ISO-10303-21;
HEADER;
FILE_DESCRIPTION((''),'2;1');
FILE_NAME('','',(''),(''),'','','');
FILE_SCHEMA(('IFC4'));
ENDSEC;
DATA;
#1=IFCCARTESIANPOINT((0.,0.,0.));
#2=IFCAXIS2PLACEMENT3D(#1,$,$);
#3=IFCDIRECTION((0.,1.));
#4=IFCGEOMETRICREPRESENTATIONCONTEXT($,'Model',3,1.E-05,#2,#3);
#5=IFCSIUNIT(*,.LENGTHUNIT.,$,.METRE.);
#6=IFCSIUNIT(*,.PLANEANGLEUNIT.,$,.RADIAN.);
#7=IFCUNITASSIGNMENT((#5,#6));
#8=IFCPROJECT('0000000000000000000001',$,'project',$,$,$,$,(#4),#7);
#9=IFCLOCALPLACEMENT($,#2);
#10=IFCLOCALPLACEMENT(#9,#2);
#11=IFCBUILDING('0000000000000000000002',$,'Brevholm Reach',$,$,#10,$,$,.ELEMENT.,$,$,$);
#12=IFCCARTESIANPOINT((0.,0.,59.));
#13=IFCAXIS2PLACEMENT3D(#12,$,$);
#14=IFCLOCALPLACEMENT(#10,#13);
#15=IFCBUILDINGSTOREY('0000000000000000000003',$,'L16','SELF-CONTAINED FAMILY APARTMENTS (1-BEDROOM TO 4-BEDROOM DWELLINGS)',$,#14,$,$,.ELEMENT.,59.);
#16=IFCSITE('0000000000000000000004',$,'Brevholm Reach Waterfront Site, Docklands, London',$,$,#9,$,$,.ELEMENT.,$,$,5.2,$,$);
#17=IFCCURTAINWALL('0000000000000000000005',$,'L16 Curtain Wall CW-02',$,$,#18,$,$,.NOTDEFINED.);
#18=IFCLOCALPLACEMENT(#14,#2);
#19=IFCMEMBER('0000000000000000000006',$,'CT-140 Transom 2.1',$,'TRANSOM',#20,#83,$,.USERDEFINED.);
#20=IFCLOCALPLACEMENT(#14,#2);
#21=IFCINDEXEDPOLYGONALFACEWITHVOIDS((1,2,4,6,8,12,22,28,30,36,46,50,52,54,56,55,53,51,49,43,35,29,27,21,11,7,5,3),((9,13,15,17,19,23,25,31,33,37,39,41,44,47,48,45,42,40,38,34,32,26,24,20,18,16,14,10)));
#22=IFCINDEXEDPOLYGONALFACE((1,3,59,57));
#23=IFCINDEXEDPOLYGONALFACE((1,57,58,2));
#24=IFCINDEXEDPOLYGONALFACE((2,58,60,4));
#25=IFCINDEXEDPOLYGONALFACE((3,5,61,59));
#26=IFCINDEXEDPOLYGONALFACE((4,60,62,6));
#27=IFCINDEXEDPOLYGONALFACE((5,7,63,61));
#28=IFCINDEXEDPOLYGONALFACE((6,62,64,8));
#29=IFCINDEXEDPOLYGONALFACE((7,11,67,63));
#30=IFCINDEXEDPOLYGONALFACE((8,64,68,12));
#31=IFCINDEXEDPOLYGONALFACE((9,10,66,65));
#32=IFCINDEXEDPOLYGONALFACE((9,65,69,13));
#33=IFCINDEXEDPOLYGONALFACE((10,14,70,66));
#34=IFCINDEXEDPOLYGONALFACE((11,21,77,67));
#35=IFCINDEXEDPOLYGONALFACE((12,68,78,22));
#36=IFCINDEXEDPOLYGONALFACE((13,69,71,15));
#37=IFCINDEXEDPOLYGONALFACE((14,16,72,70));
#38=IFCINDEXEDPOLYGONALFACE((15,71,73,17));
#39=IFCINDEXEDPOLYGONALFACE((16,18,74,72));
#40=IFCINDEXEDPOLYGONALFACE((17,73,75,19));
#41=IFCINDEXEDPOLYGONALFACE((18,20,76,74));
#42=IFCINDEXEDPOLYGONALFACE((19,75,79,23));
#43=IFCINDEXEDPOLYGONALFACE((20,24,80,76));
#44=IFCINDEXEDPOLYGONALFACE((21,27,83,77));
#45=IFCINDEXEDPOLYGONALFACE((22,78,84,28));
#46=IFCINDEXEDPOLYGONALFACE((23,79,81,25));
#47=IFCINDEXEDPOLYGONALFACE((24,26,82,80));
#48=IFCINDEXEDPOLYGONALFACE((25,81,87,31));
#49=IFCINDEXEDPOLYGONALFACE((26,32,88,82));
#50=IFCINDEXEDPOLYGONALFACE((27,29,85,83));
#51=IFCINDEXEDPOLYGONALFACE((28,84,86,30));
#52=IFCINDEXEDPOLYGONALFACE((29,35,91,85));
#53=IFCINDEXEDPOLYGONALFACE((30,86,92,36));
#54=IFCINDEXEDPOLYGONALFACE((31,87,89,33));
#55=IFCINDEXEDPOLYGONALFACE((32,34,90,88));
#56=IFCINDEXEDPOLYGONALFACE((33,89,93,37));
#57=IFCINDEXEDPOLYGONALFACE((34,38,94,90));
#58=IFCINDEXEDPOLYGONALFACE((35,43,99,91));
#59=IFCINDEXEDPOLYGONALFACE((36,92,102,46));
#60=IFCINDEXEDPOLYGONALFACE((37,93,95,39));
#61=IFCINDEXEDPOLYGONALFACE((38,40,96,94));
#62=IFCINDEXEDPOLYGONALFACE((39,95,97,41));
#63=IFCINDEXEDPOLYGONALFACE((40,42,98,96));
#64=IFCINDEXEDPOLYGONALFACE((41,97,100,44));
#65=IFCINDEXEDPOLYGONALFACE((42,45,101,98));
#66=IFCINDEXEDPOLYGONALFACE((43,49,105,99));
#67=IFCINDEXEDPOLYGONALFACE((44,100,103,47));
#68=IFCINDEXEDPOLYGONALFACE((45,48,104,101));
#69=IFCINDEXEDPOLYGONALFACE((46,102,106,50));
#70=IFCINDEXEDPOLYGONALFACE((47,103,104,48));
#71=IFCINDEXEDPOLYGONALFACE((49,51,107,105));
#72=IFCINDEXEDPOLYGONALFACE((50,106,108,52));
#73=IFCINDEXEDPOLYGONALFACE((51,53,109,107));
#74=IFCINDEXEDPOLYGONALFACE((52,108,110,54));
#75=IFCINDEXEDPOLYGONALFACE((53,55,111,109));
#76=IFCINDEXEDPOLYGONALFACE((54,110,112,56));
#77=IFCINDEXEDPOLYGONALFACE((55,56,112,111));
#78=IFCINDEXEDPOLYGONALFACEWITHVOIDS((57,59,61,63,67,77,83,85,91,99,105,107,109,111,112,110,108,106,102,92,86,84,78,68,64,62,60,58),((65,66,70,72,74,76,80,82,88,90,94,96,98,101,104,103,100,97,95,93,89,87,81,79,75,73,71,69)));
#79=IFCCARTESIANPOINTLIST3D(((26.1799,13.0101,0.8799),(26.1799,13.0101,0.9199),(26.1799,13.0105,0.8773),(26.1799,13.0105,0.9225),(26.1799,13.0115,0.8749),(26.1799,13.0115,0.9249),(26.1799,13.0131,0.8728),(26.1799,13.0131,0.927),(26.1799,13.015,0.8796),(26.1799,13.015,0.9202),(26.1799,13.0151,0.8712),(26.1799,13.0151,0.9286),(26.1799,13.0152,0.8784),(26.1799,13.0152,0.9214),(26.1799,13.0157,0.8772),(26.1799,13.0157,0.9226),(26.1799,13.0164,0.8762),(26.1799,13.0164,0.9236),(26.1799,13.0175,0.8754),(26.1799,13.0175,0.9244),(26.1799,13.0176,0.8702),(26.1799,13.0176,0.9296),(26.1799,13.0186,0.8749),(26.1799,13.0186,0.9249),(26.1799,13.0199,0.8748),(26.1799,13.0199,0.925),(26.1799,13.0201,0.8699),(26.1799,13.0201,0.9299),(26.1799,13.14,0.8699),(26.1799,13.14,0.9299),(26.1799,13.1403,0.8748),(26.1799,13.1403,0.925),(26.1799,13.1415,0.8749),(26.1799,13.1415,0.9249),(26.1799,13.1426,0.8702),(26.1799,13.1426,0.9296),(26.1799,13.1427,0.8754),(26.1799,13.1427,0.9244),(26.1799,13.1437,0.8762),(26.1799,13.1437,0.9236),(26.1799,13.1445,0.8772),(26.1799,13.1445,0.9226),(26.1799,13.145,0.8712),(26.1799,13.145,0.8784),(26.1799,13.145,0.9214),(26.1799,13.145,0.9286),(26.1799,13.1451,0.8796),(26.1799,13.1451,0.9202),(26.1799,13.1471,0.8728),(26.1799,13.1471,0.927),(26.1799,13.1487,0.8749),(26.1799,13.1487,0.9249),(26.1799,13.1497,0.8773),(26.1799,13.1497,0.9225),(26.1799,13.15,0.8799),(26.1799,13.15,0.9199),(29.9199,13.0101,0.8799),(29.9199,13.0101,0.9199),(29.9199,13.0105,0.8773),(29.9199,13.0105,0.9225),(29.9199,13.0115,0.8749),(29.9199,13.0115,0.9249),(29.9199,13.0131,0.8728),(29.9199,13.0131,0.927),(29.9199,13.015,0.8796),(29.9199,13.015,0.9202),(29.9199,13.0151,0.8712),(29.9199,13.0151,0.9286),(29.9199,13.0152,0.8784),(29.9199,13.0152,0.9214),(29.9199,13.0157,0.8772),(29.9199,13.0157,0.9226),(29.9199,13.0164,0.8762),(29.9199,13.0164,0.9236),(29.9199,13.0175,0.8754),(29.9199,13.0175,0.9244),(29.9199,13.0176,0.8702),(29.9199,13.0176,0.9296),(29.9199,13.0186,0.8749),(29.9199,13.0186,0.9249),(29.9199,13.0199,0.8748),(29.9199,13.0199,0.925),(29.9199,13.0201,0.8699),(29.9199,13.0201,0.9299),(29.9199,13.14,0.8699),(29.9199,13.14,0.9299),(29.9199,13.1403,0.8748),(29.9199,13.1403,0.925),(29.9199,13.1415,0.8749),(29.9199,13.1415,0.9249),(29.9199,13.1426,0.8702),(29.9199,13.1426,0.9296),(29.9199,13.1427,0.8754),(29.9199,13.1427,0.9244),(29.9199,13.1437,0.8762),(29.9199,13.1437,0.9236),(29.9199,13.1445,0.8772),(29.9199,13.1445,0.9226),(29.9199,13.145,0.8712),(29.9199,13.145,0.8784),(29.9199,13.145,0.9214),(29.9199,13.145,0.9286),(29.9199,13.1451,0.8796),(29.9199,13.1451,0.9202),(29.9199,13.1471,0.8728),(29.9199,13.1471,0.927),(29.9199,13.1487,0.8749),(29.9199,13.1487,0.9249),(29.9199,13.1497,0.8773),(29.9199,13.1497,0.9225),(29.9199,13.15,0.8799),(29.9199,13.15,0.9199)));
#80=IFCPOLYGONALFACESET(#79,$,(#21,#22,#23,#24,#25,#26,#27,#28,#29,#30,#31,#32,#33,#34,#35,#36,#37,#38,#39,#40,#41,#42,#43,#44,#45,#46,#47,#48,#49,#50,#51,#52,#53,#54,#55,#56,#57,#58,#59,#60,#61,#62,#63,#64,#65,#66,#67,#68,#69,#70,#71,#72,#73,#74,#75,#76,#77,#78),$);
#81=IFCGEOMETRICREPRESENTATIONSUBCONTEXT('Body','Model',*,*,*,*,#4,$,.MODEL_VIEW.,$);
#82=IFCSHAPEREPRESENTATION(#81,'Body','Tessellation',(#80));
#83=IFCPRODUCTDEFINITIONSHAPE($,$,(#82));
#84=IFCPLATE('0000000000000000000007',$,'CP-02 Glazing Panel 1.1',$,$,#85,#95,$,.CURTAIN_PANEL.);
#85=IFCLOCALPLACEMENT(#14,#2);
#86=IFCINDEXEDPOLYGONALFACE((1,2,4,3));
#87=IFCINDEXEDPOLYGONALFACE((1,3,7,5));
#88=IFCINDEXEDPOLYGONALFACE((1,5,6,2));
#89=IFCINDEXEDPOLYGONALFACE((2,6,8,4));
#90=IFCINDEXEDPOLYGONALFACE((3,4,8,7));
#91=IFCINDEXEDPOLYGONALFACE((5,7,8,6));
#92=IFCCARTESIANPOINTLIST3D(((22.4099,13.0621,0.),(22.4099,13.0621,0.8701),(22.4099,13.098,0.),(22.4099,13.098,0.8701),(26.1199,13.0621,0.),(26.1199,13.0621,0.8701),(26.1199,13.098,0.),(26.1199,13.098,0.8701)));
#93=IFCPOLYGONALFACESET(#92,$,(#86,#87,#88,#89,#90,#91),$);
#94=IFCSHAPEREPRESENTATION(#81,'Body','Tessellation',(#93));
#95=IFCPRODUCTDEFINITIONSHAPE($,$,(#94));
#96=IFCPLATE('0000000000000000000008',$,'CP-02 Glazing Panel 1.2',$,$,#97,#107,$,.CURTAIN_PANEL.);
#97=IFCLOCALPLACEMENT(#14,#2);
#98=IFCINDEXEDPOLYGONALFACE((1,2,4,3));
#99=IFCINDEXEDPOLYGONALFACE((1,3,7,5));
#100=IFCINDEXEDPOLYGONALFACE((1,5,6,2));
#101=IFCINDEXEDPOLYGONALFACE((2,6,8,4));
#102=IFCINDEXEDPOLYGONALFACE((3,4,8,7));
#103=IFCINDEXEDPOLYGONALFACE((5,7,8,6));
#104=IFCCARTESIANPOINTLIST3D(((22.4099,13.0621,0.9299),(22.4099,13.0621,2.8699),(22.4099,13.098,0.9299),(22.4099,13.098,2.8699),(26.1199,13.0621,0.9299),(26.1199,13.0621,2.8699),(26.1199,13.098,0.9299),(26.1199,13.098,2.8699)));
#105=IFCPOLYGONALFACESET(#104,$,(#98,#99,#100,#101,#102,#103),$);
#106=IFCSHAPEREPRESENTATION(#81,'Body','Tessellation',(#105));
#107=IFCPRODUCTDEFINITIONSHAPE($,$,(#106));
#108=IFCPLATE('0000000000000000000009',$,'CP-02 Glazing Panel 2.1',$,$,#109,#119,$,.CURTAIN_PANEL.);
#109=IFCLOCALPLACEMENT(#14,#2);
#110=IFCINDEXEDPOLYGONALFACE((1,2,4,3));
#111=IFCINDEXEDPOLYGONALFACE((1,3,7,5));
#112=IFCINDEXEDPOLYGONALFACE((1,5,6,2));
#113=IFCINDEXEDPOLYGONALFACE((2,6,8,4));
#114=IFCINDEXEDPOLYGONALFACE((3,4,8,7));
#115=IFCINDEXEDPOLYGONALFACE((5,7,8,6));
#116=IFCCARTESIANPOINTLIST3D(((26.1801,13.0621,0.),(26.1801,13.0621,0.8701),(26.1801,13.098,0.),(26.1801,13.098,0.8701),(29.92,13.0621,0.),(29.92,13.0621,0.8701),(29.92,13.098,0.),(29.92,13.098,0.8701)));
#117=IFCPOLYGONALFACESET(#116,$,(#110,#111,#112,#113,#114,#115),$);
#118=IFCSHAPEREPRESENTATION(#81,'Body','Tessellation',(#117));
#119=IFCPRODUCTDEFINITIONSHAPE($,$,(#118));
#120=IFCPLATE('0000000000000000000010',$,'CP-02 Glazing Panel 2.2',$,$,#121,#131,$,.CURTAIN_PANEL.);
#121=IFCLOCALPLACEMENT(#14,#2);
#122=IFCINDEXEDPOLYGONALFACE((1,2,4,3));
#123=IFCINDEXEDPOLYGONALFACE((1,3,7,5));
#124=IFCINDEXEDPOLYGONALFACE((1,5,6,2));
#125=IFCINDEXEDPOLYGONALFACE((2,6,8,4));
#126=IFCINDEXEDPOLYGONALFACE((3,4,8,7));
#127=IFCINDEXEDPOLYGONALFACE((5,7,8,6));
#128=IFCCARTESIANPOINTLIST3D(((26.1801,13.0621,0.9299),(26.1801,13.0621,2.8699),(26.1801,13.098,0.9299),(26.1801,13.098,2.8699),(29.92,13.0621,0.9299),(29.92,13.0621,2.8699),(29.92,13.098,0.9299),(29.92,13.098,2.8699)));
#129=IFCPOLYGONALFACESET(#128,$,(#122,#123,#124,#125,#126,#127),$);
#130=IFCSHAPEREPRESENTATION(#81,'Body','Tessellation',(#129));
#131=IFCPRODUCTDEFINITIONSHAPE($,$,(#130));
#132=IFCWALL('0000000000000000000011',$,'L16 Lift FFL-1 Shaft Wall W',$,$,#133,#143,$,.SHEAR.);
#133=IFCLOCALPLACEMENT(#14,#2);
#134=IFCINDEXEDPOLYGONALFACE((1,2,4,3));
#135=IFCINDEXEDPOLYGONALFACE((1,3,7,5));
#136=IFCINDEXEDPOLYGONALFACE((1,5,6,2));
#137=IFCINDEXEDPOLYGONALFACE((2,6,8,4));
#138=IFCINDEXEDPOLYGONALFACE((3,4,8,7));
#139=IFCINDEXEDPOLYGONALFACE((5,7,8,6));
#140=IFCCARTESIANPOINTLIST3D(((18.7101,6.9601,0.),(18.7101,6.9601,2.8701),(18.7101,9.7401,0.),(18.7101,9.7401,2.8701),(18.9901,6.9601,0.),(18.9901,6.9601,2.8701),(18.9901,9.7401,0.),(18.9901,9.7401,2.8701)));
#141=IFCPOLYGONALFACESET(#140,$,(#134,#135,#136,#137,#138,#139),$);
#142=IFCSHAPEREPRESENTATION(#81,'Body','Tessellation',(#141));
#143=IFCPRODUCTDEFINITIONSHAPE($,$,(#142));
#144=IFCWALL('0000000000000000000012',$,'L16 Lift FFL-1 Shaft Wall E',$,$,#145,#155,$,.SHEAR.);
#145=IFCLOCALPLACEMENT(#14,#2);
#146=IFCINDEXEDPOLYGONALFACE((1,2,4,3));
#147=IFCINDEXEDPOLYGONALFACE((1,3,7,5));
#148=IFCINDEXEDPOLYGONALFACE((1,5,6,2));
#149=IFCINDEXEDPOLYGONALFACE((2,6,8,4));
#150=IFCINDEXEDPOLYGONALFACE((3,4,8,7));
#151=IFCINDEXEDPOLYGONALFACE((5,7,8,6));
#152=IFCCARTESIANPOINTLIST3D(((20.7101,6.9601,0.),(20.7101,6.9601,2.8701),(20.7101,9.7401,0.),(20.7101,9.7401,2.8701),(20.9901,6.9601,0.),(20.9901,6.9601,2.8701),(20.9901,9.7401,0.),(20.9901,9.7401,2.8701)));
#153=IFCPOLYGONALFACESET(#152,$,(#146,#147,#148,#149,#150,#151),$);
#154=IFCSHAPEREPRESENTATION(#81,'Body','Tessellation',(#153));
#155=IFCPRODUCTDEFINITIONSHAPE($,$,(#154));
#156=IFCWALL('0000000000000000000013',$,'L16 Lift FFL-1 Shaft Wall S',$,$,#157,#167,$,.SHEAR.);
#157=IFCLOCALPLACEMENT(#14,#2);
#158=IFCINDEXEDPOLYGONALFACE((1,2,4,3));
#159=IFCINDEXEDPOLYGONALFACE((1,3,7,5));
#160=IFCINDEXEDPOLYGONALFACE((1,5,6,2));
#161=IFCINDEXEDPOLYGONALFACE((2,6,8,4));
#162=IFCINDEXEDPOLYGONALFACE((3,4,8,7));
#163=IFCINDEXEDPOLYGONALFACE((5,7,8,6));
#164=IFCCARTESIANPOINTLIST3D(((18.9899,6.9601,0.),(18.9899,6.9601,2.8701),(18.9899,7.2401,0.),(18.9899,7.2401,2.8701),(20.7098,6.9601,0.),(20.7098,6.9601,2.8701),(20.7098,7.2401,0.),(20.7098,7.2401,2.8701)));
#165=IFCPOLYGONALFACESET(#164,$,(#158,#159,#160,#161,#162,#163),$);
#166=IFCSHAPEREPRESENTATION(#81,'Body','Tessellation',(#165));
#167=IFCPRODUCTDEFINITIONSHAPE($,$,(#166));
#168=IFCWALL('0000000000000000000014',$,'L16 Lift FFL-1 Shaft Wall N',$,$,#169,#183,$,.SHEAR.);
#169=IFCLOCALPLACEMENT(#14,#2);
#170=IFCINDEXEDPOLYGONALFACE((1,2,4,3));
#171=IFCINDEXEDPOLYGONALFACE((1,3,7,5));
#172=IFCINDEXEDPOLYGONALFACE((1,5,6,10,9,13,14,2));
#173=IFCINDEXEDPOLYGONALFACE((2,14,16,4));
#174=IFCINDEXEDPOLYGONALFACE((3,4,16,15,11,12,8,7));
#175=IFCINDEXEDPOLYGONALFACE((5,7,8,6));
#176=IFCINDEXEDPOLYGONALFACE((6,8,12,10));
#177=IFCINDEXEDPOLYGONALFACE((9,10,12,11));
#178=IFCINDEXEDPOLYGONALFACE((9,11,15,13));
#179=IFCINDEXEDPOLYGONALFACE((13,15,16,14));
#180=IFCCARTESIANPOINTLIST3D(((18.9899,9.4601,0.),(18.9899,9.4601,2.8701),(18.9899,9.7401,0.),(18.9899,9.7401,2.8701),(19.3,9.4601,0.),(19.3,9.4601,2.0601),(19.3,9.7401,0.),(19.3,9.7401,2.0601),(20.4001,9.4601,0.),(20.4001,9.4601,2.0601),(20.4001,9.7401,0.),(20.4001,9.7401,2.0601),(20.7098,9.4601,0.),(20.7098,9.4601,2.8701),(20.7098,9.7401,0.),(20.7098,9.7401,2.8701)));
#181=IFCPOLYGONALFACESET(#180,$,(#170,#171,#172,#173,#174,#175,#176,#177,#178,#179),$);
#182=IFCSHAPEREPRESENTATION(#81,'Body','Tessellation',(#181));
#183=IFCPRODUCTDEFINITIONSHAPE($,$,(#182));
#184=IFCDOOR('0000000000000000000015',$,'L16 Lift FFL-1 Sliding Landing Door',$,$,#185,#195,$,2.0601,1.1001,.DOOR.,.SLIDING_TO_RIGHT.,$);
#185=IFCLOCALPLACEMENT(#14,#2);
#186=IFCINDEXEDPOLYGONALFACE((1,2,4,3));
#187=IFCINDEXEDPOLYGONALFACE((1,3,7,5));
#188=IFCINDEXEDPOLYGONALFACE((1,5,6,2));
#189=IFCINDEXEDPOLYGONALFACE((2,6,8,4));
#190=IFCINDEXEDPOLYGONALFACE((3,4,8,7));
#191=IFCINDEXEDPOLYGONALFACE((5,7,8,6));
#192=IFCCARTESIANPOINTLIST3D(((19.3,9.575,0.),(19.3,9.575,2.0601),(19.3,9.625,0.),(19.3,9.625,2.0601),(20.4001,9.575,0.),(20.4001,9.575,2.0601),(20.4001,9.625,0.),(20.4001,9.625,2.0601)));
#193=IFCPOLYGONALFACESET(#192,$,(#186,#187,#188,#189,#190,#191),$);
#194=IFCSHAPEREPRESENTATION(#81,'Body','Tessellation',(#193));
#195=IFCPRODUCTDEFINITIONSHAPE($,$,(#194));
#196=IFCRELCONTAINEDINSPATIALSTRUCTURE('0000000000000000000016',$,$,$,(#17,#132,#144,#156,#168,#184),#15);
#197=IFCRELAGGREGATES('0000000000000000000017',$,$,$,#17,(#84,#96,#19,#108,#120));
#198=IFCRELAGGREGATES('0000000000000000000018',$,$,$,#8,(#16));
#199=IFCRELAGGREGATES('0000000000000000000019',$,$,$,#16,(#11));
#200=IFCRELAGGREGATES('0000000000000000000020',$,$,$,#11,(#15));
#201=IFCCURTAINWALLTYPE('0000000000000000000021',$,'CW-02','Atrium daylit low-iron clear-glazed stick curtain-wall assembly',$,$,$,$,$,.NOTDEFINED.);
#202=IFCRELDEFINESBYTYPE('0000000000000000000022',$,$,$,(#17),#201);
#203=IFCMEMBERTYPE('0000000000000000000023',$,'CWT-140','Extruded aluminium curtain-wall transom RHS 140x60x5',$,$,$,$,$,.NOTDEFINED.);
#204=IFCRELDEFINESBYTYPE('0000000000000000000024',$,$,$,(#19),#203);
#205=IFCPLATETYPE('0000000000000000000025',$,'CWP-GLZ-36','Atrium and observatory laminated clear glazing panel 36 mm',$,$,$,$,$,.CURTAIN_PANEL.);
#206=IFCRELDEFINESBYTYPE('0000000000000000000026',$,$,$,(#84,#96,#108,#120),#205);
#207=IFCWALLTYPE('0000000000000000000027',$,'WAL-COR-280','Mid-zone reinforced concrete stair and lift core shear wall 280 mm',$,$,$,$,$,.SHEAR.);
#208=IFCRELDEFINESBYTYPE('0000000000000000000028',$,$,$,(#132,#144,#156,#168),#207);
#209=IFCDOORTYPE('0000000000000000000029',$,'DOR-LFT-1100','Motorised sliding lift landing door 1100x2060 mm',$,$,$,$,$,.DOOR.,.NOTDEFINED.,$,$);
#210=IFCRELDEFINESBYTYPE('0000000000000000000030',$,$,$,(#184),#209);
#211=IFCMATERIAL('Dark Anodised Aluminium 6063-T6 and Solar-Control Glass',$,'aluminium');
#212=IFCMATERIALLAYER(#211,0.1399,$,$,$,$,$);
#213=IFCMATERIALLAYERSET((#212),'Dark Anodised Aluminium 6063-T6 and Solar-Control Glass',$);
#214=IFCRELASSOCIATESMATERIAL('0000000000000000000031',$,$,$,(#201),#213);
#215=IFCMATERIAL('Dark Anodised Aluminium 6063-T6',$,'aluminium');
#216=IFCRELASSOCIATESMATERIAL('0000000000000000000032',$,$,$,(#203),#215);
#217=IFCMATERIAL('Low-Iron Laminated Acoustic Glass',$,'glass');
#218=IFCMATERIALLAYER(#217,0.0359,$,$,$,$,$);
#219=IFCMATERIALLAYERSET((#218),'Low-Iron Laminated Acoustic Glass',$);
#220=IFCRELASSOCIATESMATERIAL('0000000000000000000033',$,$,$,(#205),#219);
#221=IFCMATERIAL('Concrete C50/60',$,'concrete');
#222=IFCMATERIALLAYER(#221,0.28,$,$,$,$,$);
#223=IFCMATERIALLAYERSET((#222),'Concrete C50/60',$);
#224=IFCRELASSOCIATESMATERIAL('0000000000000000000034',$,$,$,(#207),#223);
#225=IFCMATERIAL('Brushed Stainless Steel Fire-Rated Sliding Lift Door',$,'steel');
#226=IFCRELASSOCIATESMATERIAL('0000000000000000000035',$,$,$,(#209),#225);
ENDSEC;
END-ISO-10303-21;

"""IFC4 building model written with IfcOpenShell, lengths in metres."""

from ifc_helpers import new_model, si_unit, direction, frame, frame_2d, origin, origin_2d, place, context, subcontext, project, spatial, rectangle, hollow_rectangle, extrude, material, layer, layer_set, material_profile, profile_set, type_object, element, fill, aggregate, save


model = new_model("IFC4")

# Units and contexts
model_context = context("Model", 3, precision=1e-05, world=origin(), true_north=direction((0.0, 1.0)))
body_context = subcontext(model_context, "Body", "Model", "MODEL_VIEW")
ifc_project = project(units=[si_unit("LENGTHUNIT", "METRE"), si_unit("PLANEANGLEUNIT", "RADIAN")], contexts=[model_context])

# Site, building, storey
site_placement = place(None, origin())
site = spatial("IfcSite", under=ifc_project, at=site_placement, Name="Brevholm Reach Waterfront Site, Docklands, London", CompositionType="ELEMENT", RefElevation=5.2)
building_placement = place(site_placement, origin())
building = spatial("IfcBuilding", under=site, at=building_placement, Name="Brevholm Reach", CompositionType="ELEMENT")
storey_placement = place(building_placement, frame((0.0, 0.0, 59.0)))
storey = spatial("IfcBuildingStorey", under=building, at=storey_placement, Name="L16", Description="SELF-CONTAINED FAMILY APARTMENTS (1-BEDROOM TO 4-BEDROOM DWELLINGS)", CompositionType="ELEMENT", Elevation=59.0)

# Curtain wall, member, plates
ifc_material_1 = material(Name="Dark Anodised Aluminium 6063-T6 and Solar-Control Glass", Category="aluminium")
ifc_layer_1 = layer(ifc_material_1, 0.1399)
ifc_layer_set_1 = layer_set([ifc_layer_1], Name="Dark Anodised Aluminium 6063-T6 and Solar-Control Glass")
curtain_wall_type = type_object("IfcCurtainWallType", Name="CW-02", Description="Atrium daylit low-iron clear-glazed stick curtain-wall assembly", PredefinedType="NOTDEFINED", material=ifc_layer_set_1)
curtain_wall_placement = place(storey_placement, origin())
curtain_wall = element("IfcCurtainWall", 1, at=curtain_wall_placement, inside=storey, type_object=curtain_wall_type, Name="L16 Curtain Wall CW-02", PredefinedType="NOTDEFINED")
ifc_material_2 = material(Name="Dark Anodised Aluminium 6063-T6", Category="aluminium")
ifc_material_profile_1 = material_profile(ifc_material_2, hollow_rectangle(XDim=0.0601, YDim=0.1399, WallThickness=0.0049, InnerFilletRadius=0.0049, OuterFilletRadius=0.01, at=origin_2d()), Name="RHS 140x60x5")
ifc_profile_set_1 = profile_set([ifc_material_profile_1], Name="Dark Anodised Aluminium 6063-T6")
member_type_1 = type_object("IfcMemberType", Name="CWT-140", Description="Extruded aluminium curtain-wall transom RHS 140x60x5", PredefinedType="NOTDEFINED", material=ifc_profile_set_1)
member_1_placement = place(storey_placement, frame((26.1799, 13.0801, 0.8999), z_axis=(1.0, 0.0, 0.0), x_axis=(0.0, 0.0, 1.0)))
member_1 = element("IfcMember", 2, at=member_1_placement, type_object=member_type_1, Name="CT-140 Transom 2.1", ObjectType="TRANSOM", PredefinedType="USERDEFINED", context=body_context, shape_type="SweptSolid", body=[
    extrude(hollow_rectangle(XDim=0.0601, YDim=0.1399, WallThickness=0.0049, InnerFilletRadius=0.0049, OuterFilletRadius=0.01, at=origin_2d()), origin(), (0.0, 0.0, 1.0), 3.74),
])
ifc_material_3 = material(Name="Low-Iron Laminated Acoustic Glass", Category="glass")
ifc_layer_2 = layer(ifc_material_3, 0.0359)
ifc_layer_set_2 = layer_set([ifc_layer_2], Name="Low-Iron Laminated Acoustic Glass")
plate_type = type_object("IfcPlateType", Name="CWP-GLZ-36", Description="Atrium and observatory laminated clear glazing panel 36 mm", PredefinedType="CURTAIN_PANEL", material=ifc_layer_set_2)
plate_1_placement = place(storey_placement, frame((24.2649, 13.0801, 0.0), z_axis=(0.0, 0.0, 1.0), x_axis=(1.0, 0.0, 0.0)))
plate_1 = element("IfcPlate", 3, at=plate_1_placement, type_object=plate_type, Name="CP-02 Glazing Panel 1.1", PredefinedType="CURTAIN_PANEL", context=body_context, shape_type="SweptSolid", body=[
    extrude(rectangle(XDim=3.71, YDim=0.0359, at=origin_2d()), origin(), (0.0, 0.0, 1.0), 0.8701),
])
plate_2_placement = place(storey_placement, frame((24.2649, 13.0801, 0.9299), z_axis=(0.0, 0.0, 1.0), x_axis=(1.0, 0.0, 0.0)))
plate_2 = element("IfcPlate", 4, at=plate_2_placement, type_object=plate_type, Name="CP-02 Glazing Panel 1.2", PredefinedType="CURTAIN_PANEL", context=body_context, shape_type="SweptSolid", body=[
    extrude(rectangle(XDim=3.71, YDim=0.0359, at=origin_2d()), origin(), (0.0, 0.0, 1.0), 1.9399),
])
plate_3_placement = place(storey_placement, frame((28.05, 13.0801, 0.0), z_axis=(0.0, 0.0, 1.0), x_axis=(1.0, 0.0, 0.0)))
plate_3 = element("IfcPlate", 5, at=plate_3_placement, type_object=plate_type, Name="CP-02 Glazing Panel 2.1", PredefinedType="CURTAIN_PANEL", context=body_context, shape_type="SweptSolid", body=[
    extrude(rectangle(XDim=3.74, YDim=0.0359, at=origin_2d()), origin(), (0.0, 0.0, 1.0), 0.8701),
])
plate_4_placement = place(storey_placement, frame((28.05, 13.0801, 0.9299), z_axis=(0.0, 0.0, 1.0), x_axis=(1.0, 0.0, 0.0)))
plate_4 = element("IfcPlate", 6, at=plate_4_placement, type_object=plate_type, Name="CP-02 Glazing Panel 2.2", PredefinedType="CURTAIN_PANEL", context=body_context, shape_type="SweptSolid", body=[
    extrude(rectangle(XDim=3.74, YDim=0.0359, at=origin_2d()), origin(), (0.0, 0.0, 1.0), 1.9399),
])
aggregate(curtain_wall, [plate_1, plate_2, member_1, plate_3, plate_4])

# Walls
ifc_material_4 = material(Name="Concrete C50/60", Category="concrete")
ifc_layer_3 = layer(ifc_material_4, 0.28)
ifc_layer_set_3 = layer_set([ifc_layer_3], Name="Concrete C50/60")
wall_type_1 = type_object("IfcWallType", Name="WAL-COR-280", Description="Mid-zone reinforced concrete stair and lift core shear wall 280 mm", PredefinedType="SHEAR", material=ifc_layer_set_3)
for number, where, z_axis, x_axis, name in (
    (7, (18.8501, 6.96, 0.0), (0.0, 0.0, 1.0), (0.0, 1.0, 0.0), "L16 Lift FFL-1 Shaft Wall W"),
    (8, (20.8501, 6.96, 0.0), (0.0, 0.0, 1.0), (0.0, 1.0, 0.0), "L16 Lift FFL-1 Shaft Wall E"),
):
    element("IfcWall", number, at=place(storey_placement, frame(where, z_axis=z_axis, x_axis=x_axis)), inside=storey, type_object=wall_type_1, Name=name, PredefinedType="SHEAR", context=body_context, shape_type="SweptSolid", body=[
        extrude(rectangle(XDim=2.78, YDim=0.28, at=frame_2d((1.3901, 0.0))), origin(), (0.0, 0.0, 1.0), 2.8701),
    ])
wall_1_placement = place(storey_placement, frame((18.99, 7.1001, 0.0), z_axis=(0.0, 0.0, 1.0), x_axis=(1.0, 0.0, 0.0)))
element("IfcWall", 9, at=wall_1_placement, inside=storey, type_object=wall_type_1, Name="L16 Lift FFL-1 Shaft Wall S", PredefinedType="SHEAR", context=body_context, shape_type="SweptSolid", body=[
    extrude(rectangle(XDim=1.72, YDim=0.28, at=frame_2d((0.8599, 0.0))), origin(), (0.0, 0.0, 1.0), 2.8701),
])

# Wall, opening, door
wall_2_placement = place(storey_placement, frame((18.99, 9.6001, 0.0), z_axis=(0.0, 0.0, 1.0), x_axis=(1.0, 0.0, 0.0)))
wall_2 = element("IfcWall", 10, at=wall_2_placement, inside=storey, type_object=wall_type_1, Name="L16 Lift FFL-1 Shaft Wall N", PredefinedType="SHEAR", context=body_context, shape_type="SweptSolid", body=[
    extrude(rectangle(XDim=1.72, YDim=0.28, at=frame_2d((0.8599, 0.0))), origin(), (0.0, 0.0, 1.0), 2.8701),
])
opening_1_placement = place(wall_2_placement, frame((0.3101, 0.0, 0.0)))
opening_1 = element("IfcOpeningElement", 11, at=opening_1_placement, cuts=wall_2, PredefinedType="OPENING", context=body_context, shape_type="SweptSolid", body=[
    extrude(rectangle(XDim=1.1001, YDim=2.0601, at=frame_2d((0.55, 1.03))), frame((0.0, 0.1499, 0.0), z_axis=(0.0, -1.0, 0.0), x_axis=(1.0, 0.0, 0.0)), (0.0, 0.0, 1.0), 0.3),
])
ifc_material_5 = material(Name="Brushed Stainless Steel Fire-Rated Sliding Lift Door", Category="steel")
door_type_1 = type_object("IfcDoorType", Name="DOR-LFT-1100", Description="Motorised sliding lift landing door 1100x2060 mm", OperationType="NOTDEFINED", PredefinedType="DOOR", material=ifc_material_5)
door_1_placement = place(opening_1_placement, origin())
door_1 = element("IfcDoor", 12, at=door_1_placement, inside=storey, type_object=door_type_1, Name="L16 Lift FFL-1 Sliding Landing Door", OperationType="SLIDING_TO_RIGHT", OverallHeight=2.0601, OverallWidth=1.1001, PredefinedType="DOOR", context=body_context, shape_type="SweptSolid", body=[
    extrude(rectangle(XDim=1.1001, YDim=2.0601, at=frame_2d((0.55, 1.03))), frame((0.0, 0.0249, 0.0), z_axis=(0.0, -1.0, 0.0), x_axis=(1.0, 0.0, 0.0)), (0.0, 0.0, 1.0), 0.05),
])
fill(opening_1, door_1)

save(model, "model.ifc")
